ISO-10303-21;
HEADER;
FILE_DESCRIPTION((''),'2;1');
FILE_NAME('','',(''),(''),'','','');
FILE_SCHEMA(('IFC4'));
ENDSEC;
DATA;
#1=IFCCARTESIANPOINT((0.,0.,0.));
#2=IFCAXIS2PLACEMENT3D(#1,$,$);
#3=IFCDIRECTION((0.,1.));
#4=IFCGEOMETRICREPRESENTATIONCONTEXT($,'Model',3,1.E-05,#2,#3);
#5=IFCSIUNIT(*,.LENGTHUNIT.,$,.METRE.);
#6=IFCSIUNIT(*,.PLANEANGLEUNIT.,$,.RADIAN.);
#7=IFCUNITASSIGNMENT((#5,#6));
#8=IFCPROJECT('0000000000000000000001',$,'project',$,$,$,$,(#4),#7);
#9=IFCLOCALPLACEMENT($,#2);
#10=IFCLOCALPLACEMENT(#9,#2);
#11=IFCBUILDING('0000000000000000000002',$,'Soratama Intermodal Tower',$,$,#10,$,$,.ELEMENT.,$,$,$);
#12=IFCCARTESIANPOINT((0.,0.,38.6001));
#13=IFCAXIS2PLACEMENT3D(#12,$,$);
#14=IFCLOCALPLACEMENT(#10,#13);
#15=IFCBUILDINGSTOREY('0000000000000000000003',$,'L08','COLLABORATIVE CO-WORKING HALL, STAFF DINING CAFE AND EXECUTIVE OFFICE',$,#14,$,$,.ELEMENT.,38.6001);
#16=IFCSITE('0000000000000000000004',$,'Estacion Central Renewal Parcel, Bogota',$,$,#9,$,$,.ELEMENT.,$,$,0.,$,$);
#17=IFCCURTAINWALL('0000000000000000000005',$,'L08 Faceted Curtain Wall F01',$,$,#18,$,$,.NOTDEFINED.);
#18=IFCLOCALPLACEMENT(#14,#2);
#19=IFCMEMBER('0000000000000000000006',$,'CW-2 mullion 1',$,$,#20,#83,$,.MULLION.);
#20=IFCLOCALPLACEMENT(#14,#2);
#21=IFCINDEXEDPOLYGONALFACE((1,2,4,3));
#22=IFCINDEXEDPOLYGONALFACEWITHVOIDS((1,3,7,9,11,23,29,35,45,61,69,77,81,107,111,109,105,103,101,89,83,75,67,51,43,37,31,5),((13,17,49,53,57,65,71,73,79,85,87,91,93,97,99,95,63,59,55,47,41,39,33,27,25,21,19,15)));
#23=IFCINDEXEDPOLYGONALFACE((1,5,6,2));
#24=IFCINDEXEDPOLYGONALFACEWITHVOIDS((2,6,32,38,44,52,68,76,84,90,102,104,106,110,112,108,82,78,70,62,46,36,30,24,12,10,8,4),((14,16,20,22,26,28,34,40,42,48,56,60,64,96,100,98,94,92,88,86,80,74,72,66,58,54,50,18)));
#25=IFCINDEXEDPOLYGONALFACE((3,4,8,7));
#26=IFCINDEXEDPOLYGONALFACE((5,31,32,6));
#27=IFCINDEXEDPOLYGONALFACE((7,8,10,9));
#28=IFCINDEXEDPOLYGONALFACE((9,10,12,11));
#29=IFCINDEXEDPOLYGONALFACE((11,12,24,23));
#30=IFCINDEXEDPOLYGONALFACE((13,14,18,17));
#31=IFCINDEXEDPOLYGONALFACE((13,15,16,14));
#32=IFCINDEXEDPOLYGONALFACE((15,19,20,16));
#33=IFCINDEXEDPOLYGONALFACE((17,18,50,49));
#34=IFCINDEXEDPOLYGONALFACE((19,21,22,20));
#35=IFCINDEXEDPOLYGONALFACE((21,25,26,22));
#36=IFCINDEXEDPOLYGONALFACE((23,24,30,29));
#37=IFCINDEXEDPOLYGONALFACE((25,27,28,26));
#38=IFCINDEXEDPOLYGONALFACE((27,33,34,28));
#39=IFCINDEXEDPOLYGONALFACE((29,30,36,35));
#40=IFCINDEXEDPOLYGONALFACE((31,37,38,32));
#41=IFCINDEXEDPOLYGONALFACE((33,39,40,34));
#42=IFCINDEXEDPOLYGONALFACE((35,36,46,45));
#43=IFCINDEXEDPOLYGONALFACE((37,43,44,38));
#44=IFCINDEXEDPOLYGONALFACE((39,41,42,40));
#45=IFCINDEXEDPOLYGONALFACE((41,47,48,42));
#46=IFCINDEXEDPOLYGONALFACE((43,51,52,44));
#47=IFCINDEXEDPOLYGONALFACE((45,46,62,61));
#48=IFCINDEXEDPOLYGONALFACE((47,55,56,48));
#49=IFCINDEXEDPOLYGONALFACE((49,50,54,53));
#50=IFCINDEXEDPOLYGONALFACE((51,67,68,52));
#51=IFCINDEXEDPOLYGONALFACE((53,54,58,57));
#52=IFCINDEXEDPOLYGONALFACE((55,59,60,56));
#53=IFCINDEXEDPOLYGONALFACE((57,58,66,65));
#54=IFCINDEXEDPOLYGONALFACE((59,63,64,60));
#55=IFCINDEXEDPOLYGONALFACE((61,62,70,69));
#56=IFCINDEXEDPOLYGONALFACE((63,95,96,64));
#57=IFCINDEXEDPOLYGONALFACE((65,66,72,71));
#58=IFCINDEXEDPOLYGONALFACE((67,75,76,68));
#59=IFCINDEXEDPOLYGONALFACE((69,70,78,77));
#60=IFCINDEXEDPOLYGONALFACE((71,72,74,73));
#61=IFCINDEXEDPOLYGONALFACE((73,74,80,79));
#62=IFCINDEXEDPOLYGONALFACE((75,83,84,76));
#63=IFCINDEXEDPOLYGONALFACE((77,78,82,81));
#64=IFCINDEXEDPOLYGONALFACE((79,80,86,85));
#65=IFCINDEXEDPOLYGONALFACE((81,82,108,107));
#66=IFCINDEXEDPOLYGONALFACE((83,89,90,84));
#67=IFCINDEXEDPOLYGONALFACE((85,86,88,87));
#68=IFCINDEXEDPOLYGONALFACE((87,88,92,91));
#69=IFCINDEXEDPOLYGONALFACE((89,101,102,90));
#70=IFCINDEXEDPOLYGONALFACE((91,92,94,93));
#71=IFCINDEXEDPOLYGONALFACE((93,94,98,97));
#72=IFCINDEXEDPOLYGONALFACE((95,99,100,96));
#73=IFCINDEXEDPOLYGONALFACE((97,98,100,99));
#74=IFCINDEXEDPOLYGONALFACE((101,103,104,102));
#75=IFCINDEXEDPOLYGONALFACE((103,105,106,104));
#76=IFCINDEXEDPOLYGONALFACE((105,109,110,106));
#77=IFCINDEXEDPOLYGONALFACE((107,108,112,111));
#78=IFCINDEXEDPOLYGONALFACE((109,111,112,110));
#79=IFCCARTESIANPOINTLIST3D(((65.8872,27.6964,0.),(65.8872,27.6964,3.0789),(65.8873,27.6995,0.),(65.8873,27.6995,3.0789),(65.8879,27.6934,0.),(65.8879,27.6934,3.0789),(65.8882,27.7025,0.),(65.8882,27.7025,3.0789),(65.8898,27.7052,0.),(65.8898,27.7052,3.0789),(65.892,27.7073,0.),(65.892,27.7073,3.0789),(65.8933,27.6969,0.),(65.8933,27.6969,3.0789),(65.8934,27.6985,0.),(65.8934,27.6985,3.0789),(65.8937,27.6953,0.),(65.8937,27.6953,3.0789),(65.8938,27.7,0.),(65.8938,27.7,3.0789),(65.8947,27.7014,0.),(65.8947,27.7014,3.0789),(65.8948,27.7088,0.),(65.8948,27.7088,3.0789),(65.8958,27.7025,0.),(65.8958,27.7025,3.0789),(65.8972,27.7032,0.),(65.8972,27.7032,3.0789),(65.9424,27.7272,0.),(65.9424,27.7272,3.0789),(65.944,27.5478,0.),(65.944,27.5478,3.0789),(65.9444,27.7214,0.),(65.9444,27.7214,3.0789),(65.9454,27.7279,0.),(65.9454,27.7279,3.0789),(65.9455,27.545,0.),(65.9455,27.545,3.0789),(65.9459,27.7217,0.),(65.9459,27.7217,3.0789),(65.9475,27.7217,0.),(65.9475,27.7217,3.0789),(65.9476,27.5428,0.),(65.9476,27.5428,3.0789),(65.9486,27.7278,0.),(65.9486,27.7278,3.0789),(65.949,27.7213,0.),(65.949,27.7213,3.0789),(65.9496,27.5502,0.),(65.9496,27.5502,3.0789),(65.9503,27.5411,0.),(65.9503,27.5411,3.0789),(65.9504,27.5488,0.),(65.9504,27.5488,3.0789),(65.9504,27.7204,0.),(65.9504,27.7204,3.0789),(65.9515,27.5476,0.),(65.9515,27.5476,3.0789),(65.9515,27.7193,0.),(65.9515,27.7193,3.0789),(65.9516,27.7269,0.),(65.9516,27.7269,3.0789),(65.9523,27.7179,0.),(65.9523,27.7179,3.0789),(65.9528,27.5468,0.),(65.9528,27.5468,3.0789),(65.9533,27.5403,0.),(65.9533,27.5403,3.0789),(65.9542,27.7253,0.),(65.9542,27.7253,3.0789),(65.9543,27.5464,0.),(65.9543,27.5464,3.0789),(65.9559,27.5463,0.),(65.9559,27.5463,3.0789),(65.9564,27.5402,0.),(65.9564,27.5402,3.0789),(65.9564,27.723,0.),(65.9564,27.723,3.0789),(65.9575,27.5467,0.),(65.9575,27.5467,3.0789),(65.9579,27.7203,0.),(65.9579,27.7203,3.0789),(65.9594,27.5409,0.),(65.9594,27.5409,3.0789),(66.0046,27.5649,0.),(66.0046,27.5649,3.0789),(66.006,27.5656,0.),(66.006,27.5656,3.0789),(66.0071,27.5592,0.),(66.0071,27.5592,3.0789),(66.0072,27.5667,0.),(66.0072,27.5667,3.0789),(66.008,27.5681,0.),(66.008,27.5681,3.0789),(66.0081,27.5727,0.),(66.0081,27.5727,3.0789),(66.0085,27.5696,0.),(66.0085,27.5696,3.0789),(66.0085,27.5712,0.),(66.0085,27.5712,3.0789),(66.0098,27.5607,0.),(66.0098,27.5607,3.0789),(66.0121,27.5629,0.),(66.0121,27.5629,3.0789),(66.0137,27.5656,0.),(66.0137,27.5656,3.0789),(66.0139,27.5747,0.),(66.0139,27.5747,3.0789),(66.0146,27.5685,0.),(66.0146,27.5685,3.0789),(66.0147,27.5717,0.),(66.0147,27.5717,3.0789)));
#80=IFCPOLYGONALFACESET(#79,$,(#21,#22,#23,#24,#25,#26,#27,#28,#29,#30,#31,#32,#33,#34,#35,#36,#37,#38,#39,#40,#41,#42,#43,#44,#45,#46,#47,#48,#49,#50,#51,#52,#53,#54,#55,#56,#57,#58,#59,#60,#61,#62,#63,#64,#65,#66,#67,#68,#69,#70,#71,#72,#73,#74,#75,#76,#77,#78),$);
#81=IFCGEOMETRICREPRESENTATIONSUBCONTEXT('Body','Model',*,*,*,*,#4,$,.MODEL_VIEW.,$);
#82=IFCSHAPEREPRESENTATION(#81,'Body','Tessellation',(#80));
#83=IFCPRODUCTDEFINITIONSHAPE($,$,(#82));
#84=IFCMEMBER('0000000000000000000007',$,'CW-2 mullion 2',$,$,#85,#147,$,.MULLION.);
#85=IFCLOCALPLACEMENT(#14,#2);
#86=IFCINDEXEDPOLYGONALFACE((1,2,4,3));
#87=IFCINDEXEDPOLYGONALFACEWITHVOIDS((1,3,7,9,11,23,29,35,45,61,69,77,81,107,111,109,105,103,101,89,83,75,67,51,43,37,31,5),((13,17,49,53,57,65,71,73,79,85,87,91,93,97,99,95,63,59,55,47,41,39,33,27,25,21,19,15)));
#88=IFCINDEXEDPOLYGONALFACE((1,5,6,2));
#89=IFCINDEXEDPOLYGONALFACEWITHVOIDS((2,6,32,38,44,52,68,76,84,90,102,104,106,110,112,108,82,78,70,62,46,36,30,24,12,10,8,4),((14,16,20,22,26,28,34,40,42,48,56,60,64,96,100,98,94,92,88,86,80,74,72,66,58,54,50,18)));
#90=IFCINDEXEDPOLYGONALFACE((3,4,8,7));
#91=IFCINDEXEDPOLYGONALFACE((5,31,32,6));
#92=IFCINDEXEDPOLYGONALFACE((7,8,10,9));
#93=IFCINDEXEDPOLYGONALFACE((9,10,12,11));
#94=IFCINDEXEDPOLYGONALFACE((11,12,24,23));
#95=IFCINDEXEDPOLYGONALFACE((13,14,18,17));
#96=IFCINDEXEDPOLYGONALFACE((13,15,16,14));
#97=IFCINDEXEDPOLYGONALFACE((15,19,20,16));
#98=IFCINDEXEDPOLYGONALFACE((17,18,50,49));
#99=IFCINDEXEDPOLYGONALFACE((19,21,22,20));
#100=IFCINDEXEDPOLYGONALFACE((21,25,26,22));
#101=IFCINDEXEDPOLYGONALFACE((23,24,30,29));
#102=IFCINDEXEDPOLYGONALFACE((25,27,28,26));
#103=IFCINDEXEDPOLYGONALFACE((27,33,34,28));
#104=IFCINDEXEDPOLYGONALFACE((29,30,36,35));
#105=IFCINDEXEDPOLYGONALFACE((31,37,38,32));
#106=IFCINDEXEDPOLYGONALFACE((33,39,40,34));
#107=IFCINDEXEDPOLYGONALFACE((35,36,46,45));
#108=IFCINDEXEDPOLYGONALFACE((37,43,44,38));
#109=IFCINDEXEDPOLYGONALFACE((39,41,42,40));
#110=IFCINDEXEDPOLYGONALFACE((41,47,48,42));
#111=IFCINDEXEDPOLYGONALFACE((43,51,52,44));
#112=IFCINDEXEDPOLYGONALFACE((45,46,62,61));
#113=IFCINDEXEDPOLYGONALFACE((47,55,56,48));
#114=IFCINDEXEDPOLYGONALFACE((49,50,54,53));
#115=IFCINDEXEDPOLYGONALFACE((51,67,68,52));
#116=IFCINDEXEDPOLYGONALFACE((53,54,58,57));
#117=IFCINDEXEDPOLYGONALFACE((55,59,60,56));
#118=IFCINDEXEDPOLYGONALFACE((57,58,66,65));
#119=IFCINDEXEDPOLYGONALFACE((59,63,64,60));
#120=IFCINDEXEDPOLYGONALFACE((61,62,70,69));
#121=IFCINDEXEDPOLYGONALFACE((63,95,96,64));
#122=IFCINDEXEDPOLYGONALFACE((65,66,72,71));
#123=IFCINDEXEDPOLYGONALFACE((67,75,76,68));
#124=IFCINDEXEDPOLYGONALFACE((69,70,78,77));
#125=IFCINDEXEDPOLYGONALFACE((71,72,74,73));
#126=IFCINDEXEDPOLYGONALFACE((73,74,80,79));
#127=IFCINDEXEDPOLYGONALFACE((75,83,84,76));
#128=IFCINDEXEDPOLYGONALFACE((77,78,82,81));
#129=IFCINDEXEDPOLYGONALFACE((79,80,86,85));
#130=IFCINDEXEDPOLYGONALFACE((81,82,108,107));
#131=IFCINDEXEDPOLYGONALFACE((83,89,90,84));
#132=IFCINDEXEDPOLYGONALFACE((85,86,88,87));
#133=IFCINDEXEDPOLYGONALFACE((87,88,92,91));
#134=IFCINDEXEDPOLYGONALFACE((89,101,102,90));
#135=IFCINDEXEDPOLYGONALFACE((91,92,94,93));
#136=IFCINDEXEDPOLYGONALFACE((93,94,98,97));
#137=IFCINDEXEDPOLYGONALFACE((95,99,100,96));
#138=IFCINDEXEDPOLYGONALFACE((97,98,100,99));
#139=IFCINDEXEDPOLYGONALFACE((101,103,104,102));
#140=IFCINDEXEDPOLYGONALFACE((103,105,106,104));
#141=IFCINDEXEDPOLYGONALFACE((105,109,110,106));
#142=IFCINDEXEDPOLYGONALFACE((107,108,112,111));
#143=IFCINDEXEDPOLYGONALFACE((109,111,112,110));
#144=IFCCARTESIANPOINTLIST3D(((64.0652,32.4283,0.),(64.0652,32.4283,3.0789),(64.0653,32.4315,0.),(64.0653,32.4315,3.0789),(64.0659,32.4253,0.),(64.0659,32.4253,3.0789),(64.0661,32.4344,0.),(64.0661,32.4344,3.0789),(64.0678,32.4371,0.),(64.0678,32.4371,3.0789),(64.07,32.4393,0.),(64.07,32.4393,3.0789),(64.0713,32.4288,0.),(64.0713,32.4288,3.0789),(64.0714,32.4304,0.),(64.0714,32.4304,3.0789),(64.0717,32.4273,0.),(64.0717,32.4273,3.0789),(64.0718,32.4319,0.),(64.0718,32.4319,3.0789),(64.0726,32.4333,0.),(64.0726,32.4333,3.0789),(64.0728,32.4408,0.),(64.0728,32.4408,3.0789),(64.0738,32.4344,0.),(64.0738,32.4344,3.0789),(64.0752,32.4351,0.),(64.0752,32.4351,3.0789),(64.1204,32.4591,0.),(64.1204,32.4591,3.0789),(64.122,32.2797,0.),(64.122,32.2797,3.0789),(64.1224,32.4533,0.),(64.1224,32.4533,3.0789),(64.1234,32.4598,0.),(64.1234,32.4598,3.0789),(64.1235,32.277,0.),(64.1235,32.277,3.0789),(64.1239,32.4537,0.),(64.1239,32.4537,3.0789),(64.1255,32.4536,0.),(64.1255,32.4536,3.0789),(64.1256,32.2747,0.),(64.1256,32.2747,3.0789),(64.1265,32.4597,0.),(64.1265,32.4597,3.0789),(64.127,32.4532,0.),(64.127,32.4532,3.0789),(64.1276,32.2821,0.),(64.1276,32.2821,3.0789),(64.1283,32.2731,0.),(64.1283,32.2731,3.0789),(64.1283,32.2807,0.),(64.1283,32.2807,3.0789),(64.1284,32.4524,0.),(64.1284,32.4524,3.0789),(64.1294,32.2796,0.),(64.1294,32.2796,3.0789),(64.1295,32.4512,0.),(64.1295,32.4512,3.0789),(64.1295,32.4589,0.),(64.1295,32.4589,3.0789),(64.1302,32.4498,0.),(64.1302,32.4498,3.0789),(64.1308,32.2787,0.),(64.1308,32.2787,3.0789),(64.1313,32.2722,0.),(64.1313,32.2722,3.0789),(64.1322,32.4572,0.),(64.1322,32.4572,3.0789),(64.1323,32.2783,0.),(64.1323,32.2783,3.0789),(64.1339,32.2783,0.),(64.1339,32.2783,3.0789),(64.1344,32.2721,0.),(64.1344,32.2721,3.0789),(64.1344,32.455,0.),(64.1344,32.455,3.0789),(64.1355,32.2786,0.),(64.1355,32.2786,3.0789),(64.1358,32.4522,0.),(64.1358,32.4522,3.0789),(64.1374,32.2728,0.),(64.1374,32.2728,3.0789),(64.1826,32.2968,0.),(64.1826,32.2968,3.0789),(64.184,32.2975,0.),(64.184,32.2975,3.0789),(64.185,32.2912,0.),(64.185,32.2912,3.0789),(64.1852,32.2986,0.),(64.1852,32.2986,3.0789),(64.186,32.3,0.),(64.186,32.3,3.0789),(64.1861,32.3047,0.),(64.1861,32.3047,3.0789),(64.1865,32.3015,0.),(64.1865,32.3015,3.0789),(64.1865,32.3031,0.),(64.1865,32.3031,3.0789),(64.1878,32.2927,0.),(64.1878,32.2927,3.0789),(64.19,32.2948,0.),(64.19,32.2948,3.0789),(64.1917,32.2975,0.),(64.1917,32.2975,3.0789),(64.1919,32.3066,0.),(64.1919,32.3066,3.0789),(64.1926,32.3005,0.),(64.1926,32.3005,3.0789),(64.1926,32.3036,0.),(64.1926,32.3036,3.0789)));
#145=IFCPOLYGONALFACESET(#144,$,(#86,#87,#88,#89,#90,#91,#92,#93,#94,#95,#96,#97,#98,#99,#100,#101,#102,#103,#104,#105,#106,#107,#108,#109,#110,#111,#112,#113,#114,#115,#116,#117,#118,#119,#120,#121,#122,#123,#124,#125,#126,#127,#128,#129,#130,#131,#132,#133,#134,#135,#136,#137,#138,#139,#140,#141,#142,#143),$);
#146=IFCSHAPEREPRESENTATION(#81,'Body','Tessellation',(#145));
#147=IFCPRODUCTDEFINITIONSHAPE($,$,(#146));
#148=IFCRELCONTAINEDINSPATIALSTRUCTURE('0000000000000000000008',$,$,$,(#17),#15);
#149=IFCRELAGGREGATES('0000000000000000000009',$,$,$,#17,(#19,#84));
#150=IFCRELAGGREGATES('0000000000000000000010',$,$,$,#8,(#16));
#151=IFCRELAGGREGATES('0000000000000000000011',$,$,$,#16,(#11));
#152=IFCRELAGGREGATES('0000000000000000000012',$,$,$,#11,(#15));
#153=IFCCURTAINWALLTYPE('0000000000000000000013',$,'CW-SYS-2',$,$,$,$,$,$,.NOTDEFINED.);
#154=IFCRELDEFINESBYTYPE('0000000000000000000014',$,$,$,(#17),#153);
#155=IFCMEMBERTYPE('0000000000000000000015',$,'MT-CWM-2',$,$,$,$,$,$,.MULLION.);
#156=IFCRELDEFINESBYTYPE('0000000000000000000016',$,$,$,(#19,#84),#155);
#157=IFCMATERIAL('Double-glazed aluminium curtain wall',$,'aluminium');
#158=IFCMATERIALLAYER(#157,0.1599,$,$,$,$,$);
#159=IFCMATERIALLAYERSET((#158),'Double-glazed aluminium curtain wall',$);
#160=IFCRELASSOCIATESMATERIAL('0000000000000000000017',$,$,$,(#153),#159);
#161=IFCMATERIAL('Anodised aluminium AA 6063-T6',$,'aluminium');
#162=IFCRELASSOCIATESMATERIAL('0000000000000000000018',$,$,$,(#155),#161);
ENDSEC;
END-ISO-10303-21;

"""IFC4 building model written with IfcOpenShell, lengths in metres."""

from ifc_helpers import new_model, si_unit, direction, frame, origin, origin_2d, place, context, subcontext, project, spatial, hollow_rectangle, extrude, material, layer, layer_set, material_profile, profile_set, type_object, element, aggregate, save


model = new_model("IFC4")

# Units and contexts
model_context = context("Model", 3, precision=1e-05, world=origin(), true_north=direction((0.0, 1.0)))
body_context = subcontext(model_context, "Body", "Model", "MODEL_VIEW")
ifc_project = project(units=[si_unit("LENGTHUNIT", "METRE"), si_unit("PLANEANGLEUNIT", "RADIAN")], contexts=[model_context])

# Site, building, storey
site_placement = place(None, origin())
site = spatial("IfcSite", under=ifc_project, at=site_placement, Name="Estacion Central Renewal Parcel, Bogota", CompositionType="ELEMENT", RefElevation=0.0)
building_placement = place(site_placement, origin())
building = spatial("IfcBuilding", under=site, at=building_placement, Name="Soratama Intermodal Tower", CompositionType="ELEMENT")
storey_placement = place(building_placement, frame((0.0, 0.0, 38.6001)))
storey = spatial("IfcBuildingStorey", under=building, at=storey_placement, Name="L08", Description="COLLABORATIVE CO-WORKING HALL, STAFF DINING CAFE AND EXECUTIVE OFFICE", CompositionType="ELEMENT", Elevation=38.6001)

# Curtain wall, members
ifc_material_1 = material(Name="Double-glazed aluminium curtain wall", Category="aluminium")
ifc_layer_1 = layer(ifc_material_1, 0.1599)
ifc_layer_set_1 = layer_set([ifc_layer_1], Name="Double-glazed aluminium curtain wall")
curtain_wall_type = type_object("IfcCurtainWallType", Name="CW-SYS-2", PredefinedType="NOTDEFINED", material=ifc_layer_set_1)
curtain_wall_placement = place(storey_placement, origin())
curtain_wall = element("IfcCurtainWall", 1, at=curtain_wall_placement, inside=storey, type_object=curtain_wall_type, Name="L08 Faceted Curtain Wall F01", PredefinedType="NOTDEFINED")
ifc_material_2 = material(Name="Anodised aluminium AA 6063-T6", Category="aluminium")
ifc_material_profile_1 = material_profile(ifc_material_2, hollow_rectangle(XDim=0.075, YDim=0.1799, WallThickness=0.0061, InnerFilletRadius=0.0061, OuterFilletRadius=0.012, at=origin_2d()), Name="CWM180X75X6")
ifc_profile_set_1 = profile_set([ifc_material_profile_1], Name="Anodised aluminium AA 6063-T6")
member_type_1 = type_object("IfcMemberType", Name="MT-CWM-2", PredefinedType="MULLION", material=ifc_profile_set_1)
member_1_placement = place(storey_placement, frame((65.9509, 27.634, 0.0), z_axis=(0.0, 0.0, 1.0), x_axis=(-0.933206, -0.359341, 0.0)))
member_1 = element("IfcMember", 2, at=member_1_placement, type_object=member_type_1, Name="CW-2 mullion 1", PredefinedType="MULLION", context=body_context, shape_type="SweptSolid", body=[
    extrude(hollow_rectangle(XDim=0.075, YDim=0.1799, WallThickness=0.0061, InnerFilletRadius=0.0061, OuterFilletRadius=0.012, at=origin_2d()), origin(), (0.0, 0.0, 1.0), 3.0789),
])
member_2_placement = place(storey_placement, frame((64.1289, 32.366, 0.0), z_axis=(0.0, 0.0, 1.0), x_axis=(-0.933206, -0.359341, 0.0)))
member_2 = element("IfcMember", 3, at=member_2_placement, type_object=member_type_1, Name="CW-2 mullion 2", PredefinedType="MULLION", context=body_context, shape_type="SweptSolid", body=[
    extrude(hollow_rectangle(XDim=0.075, YDim=0.1799, WallThickness=0.0061, InnerFilletRadius=0.0061, OuterFilletRadius=0.012, at=origin_2d()), origin(), (0.0, 0.0, 1.0), 3.0789),
])
aggregate(curtain_wall, [member_1, member_2])

save(model, "model.ifc")
